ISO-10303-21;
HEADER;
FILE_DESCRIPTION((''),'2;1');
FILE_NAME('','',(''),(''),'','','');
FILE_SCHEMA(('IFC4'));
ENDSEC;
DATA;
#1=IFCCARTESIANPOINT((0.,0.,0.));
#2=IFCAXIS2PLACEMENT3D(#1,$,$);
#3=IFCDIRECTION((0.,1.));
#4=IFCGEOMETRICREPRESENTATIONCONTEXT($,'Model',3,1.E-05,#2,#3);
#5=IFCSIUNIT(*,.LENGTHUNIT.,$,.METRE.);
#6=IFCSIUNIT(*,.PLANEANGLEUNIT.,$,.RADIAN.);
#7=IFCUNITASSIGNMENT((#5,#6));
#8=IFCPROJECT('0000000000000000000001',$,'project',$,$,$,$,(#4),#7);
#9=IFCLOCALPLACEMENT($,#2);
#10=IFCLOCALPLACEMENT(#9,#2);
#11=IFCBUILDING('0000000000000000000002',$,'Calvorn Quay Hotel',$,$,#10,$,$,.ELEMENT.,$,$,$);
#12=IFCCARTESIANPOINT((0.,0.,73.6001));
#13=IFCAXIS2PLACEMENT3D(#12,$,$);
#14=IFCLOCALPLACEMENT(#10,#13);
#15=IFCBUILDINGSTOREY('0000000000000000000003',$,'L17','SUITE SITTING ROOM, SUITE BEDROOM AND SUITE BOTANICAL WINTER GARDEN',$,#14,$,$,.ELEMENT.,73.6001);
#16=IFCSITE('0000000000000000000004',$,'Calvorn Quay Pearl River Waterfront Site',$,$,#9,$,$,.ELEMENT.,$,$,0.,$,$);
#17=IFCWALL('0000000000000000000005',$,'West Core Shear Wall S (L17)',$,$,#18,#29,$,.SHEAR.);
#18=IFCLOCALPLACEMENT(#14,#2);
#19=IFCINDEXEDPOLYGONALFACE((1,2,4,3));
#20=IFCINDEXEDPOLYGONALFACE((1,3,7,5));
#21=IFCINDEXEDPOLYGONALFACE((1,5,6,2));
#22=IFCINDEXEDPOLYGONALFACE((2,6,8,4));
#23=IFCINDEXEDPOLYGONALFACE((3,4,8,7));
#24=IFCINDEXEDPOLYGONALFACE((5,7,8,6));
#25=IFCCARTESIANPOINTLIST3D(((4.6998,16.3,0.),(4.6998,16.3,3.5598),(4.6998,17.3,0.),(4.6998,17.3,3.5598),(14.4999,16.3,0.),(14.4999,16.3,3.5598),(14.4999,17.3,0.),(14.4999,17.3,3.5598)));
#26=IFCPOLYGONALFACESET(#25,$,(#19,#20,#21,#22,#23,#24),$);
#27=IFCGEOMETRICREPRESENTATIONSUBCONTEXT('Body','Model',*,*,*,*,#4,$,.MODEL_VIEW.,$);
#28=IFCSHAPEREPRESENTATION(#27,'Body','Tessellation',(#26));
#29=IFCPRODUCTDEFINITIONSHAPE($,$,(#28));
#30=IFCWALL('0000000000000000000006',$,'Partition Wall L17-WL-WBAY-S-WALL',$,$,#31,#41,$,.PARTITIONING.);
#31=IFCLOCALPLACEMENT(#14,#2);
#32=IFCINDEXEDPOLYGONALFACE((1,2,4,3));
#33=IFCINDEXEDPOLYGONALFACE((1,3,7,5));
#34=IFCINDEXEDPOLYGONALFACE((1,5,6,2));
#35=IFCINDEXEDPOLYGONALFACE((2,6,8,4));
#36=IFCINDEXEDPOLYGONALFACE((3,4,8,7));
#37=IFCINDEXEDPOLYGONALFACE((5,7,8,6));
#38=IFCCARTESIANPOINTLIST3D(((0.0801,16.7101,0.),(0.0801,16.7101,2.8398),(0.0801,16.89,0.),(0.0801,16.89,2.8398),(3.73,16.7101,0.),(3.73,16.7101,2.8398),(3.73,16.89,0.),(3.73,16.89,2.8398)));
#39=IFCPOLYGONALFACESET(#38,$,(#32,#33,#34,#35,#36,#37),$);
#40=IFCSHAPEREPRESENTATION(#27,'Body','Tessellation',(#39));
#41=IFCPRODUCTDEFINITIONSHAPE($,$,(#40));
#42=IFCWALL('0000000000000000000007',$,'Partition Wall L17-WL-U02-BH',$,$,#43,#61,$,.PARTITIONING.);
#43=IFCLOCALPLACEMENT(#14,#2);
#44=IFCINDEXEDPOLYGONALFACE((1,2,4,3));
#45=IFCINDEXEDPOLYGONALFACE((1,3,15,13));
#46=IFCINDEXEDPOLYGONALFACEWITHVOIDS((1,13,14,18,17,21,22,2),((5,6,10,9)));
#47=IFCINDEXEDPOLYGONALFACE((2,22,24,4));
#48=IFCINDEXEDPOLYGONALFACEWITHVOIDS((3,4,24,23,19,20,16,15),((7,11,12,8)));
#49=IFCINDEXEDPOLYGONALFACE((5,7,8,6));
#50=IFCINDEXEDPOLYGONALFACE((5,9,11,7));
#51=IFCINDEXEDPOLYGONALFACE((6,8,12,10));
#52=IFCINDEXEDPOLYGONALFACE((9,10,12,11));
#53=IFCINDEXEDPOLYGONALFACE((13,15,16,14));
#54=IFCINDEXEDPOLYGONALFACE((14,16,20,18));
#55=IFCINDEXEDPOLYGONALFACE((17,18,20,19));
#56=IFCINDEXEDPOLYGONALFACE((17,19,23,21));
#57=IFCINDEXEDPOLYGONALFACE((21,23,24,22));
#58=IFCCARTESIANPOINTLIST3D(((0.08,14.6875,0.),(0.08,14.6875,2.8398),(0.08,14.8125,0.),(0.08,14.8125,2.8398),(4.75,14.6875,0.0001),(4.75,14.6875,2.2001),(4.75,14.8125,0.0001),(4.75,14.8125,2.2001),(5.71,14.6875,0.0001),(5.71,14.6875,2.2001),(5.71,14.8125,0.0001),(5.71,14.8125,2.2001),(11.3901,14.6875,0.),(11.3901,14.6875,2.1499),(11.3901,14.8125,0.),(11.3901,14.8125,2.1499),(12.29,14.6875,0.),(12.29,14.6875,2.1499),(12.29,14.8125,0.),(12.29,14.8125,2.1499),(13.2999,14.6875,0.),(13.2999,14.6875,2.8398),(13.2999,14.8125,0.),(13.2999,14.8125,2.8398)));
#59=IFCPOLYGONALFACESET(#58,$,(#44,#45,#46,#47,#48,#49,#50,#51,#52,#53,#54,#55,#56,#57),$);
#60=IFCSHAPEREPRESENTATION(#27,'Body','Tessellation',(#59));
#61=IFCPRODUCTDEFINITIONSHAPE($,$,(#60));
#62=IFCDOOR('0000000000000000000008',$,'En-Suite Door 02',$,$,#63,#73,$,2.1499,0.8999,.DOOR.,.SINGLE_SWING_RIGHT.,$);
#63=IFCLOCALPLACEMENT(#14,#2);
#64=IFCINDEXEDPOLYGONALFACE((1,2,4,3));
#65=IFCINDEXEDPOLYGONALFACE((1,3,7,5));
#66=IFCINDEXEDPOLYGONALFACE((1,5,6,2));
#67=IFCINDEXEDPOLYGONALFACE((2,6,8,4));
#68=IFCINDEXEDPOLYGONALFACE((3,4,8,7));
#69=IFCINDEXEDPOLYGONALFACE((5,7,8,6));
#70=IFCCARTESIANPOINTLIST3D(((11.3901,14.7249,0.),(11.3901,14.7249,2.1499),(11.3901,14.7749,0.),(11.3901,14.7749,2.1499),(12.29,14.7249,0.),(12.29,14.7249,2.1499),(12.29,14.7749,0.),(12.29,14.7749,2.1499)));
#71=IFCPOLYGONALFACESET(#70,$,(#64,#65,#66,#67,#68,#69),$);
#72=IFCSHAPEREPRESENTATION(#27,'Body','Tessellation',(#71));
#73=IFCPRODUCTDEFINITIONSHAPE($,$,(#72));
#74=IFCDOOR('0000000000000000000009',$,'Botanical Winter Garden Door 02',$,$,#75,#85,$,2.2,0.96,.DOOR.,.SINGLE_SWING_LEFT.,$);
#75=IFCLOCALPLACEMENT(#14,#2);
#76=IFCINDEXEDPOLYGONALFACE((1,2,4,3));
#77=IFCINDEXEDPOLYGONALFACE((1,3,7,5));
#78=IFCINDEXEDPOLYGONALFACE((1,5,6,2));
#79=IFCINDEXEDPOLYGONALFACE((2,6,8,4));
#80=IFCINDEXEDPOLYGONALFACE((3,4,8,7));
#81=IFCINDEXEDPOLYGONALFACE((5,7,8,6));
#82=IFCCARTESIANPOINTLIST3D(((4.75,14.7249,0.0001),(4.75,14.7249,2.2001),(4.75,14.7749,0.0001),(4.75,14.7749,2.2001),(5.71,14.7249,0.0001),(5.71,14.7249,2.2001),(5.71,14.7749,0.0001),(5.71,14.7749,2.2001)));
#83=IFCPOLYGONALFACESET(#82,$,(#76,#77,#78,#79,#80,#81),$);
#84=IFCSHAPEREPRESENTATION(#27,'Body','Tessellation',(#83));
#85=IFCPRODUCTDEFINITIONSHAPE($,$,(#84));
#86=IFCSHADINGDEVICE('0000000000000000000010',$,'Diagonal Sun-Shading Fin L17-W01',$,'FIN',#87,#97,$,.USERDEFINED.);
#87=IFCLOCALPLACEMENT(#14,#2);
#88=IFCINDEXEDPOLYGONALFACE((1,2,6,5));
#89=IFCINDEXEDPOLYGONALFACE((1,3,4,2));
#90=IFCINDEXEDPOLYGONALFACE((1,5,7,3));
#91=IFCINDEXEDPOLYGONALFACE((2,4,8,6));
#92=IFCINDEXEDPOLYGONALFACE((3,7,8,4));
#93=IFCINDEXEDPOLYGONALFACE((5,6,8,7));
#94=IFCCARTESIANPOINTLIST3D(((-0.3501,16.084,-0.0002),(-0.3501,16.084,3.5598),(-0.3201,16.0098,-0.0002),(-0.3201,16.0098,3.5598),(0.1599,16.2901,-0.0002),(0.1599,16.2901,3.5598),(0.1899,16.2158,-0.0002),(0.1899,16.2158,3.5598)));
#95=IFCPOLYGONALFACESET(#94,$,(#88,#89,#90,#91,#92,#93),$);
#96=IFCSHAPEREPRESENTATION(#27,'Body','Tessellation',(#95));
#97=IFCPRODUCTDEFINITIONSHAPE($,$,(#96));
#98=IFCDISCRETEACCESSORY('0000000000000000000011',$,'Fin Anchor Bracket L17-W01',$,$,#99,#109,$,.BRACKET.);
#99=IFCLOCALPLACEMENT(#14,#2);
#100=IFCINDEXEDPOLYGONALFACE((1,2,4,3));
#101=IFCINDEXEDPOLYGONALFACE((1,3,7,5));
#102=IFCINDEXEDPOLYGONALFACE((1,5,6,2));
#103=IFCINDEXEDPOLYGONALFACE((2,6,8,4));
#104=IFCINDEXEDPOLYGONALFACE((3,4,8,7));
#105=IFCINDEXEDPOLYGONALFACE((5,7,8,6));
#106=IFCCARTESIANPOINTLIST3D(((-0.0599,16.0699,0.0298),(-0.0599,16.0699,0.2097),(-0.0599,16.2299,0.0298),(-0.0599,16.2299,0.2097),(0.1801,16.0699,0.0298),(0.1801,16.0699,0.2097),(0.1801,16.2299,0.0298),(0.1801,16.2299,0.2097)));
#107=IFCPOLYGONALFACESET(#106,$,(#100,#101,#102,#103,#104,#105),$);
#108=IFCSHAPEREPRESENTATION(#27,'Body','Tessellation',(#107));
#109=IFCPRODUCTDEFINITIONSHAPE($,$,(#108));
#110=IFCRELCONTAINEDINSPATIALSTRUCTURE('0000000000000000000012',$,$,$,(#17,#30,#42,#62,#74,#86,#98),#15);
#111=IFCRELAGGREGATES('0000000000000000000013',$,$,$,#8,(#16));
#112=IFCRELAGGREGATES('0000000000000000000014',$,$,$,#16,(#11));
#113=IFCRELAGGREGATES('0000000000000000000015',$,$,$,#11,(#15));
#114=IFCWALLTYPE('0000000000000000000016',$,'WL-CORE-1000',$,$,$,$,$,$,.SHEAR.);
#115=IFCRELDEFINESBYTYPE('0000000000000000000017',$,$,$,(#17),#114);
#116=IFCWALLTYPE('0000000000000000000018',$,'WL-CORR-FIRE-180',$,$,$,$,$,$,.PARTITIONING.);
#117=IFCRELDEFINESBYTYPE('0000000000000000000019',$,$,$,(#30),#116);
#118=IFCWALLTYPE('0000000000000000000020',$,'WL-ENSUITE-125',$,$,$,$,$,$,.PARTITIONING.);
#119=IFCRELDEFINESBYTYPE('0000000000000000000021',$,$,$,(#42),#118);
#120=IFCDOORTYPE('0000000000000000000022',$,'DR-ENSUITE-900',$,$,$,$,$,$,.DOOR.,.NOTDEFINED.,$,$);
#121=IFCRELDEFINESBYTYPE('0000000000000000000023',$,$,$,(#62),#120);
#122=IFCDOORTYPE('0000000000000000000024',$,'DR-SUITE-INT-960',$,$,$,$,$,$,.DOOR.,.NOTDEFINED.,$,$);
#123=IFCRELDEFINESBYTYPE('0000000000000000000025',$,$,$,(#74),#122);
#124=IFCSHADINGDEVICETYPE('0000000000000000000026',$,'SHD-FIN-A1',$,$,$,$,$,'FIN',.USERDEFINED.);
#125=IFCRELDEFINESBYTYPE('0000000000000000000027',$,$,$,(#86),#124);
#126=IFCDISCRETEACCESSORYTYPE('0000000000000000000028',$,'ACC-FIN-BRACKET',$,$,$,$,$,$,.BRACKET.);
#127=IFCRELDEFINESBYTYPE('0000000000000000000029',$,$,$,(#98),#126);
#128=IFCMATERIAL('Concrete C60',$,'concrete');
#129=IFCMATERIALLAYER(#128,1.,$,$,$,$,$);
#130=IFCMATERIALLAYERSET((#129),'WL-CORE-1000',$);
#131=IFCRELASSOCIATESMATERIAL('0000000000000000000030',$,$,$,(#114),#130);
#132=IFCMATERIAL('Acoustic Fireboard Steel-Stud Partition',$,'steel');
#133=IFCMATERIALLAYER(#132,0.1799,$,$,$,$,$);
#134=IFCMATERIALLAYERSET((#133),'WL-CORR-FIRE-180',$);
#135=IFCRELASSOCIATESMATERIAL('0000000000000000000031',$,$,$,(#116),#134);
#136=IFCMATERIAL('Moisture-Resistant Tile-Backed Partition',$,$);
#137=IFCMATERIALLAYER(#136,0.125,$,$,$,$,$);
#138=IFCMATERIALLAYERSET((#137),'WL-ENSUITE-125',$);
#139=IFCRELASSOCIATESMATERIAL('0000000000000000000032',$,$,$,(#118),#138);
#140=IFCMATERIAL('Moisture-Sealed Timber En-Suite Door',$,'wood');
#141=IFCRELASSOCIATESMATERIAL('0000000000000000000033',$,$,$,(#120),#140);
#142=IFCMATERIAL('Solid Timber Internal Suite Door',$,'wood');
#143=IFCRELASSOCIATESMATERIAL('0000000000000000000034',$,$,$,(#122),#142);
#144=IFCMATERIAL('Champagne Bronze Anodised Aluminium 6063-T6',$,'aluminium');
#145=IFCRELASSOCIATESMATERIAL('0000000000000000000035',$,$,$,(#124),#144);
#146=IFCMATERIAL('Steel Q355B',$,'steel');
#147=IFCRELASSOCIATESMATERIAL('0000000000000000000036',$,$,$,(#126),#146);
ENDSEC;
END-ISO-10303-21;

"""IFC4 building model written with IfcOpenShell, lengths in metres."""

from ifc_helpers import new_model, si_unit, direction, frame, frame_2d, origin, origin_2d, place, context, subcontext, project, spatial, rectangle, extrude, material, layer, layer_set, type_object, element, fill, save


model = new_model("IFC4")

# Units and contexts
model_context = context("Model", 3, precision=1e-05, world=origin(), true_north=direction((0.0, 1.0)))
body_context = subcontext(model_context, "Body", "Model", "MODEL_VIEW")
ifc_project = project(units=[si_unit("LENGTHUNIT", "METRE"), si_unit("PLANEANGLEUNIT", "RADIAN")], contexts=[model_context])

# Site, building, storey
site_placement = place(None, origin())
site = spatial("IfcSite", under=ifc_project, at=site_placement, Name="Calvorn Quay Pearl River Waterfront Site", CompositionType="ELEMENT", RefElevation=0.0)
building_placement = place(site_placement, origin())
building = spatial("IfcBuilding", under=site, at=building_placement, Name="Calvorn Quay Hotel", CompositionType="ELEMENT")
storey_placement = place(building_placement, frame((0.0, 0.0, 73.6001)))
storey = spatial("IfcBuildingStorey", under=building, at=storey_placement, Name="L17", Description="SUITE SITTING ROOM, SUITE BEDROOM AND SUITE BOTANICAL WINTER GARDEN", CompositionType="ELEMENT", Elevation=73.6001)

# Walls
ifc_material_1 = material(Name="Concrete C60", Category="concrete")
ifc_layer_1 = layer(ifc_material_1, 1.0)
ifc_layer_set_1 = layer_set([ifc_layer_1], Name="WL-CORE-1000")
wall_type_1 = type_object("IfcWallType", Name="WL-CORE-1000", PredefinedType="SHEAR", material=ifc_layer_set_1)
wall_1_placement = place(storey_placement, frame((4.7, 16.8, 0.0), z_axis=(0.0, 0.0, 1.0), x_axis=(1.0, 0.0, 0.0)))
element("IfcWall", 1, at=wall_1_placement, inside=storey, type_object=wall_type_1, Name="West Core Shear Wall S (L17)", PredefinedType="SHEAR", context=body_context, shape_type="SweptSolid", body=[
    extrude(rectangle(XDim=9.8, YDim=1.0, at=frame_2d((4.8999, 0.0))), origin(), (0.0, 0.0, 1.0), 3.5598),
])
ifc_material_2 = material(Name="Acoustic Fireboard Steel-Stud Partition", Category="steel")
ifc_layer_2 = layer(ifc_material_2, 0.1799)
ifc_layer_set_2 = layer_set([ifc_layer_2], Name="WL-CORR-FIRE-180")
wall_type_2 = type_object("IfcWallType", Name="WL-CORR-FIRE-180", PredefinedType="PARTITIONING", material=ifc_layer_set_2)
wall_2_placement = place(storey_placement, frame((0.0801, 16.8, 0.0), z_axis=(0.0, 0.0, 1.0), x_axis=(1.0, 0.0, 0.0)))
element("IfcWall", 2, at=wall_2_placement, inside=storey, type_object=wall_type_2, Name="Partition Wall L17-WL-WBAY-S-WALL", PredefinedType="PARTITIONING", context=body_context, shape_type="SweptSolid", body=[
    extrude(rectangle(XDim=3.6499, YDim=0.1799, at=frame_2d((1.825, 0.0))), origin(), (0.0, 0.0, 1.0), 2.8398),
])

# Wall, openings, doors
ifc_material_3 = material(Name="Moisture-Resistant Tile-Backed Partition")
ifc_layer_3 = layer(ifc_material_3, 0.125)
ifc_layer_set_3 = layer_set([ifc_layer_3], Name="WL-ENSUITE-125")
wall_type_3 = type_object("IfcWallType", Name="WL-ENSUITE-125", PredefinedType="PARTITIONING", material=ifc_layer_set_3)
wall_3_placement = place(storey_placement, frame((0.0801, 14.75, 0.0), z_axis=(0.0, 0.0, 1.0), x_axis=(1.0, 0.0, 0.0)))
wall_3 = element("IfcWall", 3, at=wall_3_placement, inside=storey, type_object=wall_type_3, Name="Partition Wall L17-WL-U02-BH", PredefinedType="PARTITIONING", context=body_context, shape_type="SweptSolid", body=[
    extrude(rectangle(XDim=13.22, YDim=0.125, at=frame_2d((6.6099, 0.0))), origin(), (0.0, 0.0, 1.0), 2.8398),
])
opening_1_placement = place(wall_3_placement, frame((4.6699, 0.0, 0.0)))
opening_1 = element("IfcOpeningElement", 4, at=opening_1_placement, cuts=wall_3, PredefinedType="OPENING", context=body_context, shape_type="SweptSolid", body=[
    extrude(rectangle(XDim=0.96, YDim=2.2, at=frame_2d((0.48, 1.1001))), frame((0.0, 0.0725, 0.0), z_axis=(0.0, -1.0, 0.0), x_axis=(1.0, 0.0, 0.0)), (0.0, 0.0, 1.0), 0.145),
])
opening_2_placement = place(wall_3_placement, frame((11.3101, 0.0, 0.0)))
opening_2 = element("IfcOpeningElement", 5, at=opening_2_placement, cuts=wall_3, PredefinedType="OPENING", context=body_context, shape_type="SweptSolid", body=[
    extrude(rectangle(XDim=0.8999, YDim=2.1499, at=frame_2d((0.45, 1.075))), frame((0.0, 0.0725, 0.0), z_axis=(0.0, -1.0, 0.0), x_axis=(1.0, 0.0, 0.0)), (0.0, 0.0, 1.0), 0.145),
])
ifc_material_4 = material(Name="Moisture-Sealed Timber En-Suite Door", Category="wood")
door_type_1 = type_object("IfcDoorType", Name="DR-ENSUITE-900", OperationType="NOTDEFINED", PredefinedType="DOOR", material=ifc_material_4)
door_1_placement = place(opening_2_placement, origin())
door_1 = element("IfcDoor", 6, at=door_1_placement, inside=storey, type_object=door_type_1, Name="En-Suite Door 02", OperationType="SINGLE_SWING_RIGHT", OverallHeight=2.1499, OverallWidth=0.8999, PredefinedType="DOOR", context=body_context, shape_type="SweptSolid", body=[
    extrude(rectangle(XDim=0.8999, YDim=2.1499, at=frame_2d((0.45, 1.075))), frame((0.0, 0.0249, 0.0), z_axis=(0.0, -1.0, 0.0), x_axis=(1.0, 0.0, 0.0)), (0.0, 0.0, 1.0), 0.05),
])
fill(opening_2, door_1)
ifc_material_5 = material(Name="Solid Timber Internal Suite Door", Category="wood")
door_type_2 = type_object("IfcDoorType", Name="DR-SUITE-INT-960", OperationType="NOTDEFINED", PredefinedType="DOOR", material=ifc_material_5)
door_2_placement = place(opening_1_placement, origin())
door_2 = element("IfcDoor", 7, at=door_2_placement, inside=storey, type_object=door_type_2, Name="Botanical Winter Garden Door 02", OperationType="SINGLE_SWING_LEFT", OverallHeight=2.2, OverallWidth=0.96, PredefinedType="DOOR", context=body_context, shape_type="SweptSolid", body=[
    extrude(rectangle(XDim=0.96, YDim=2.2, at=frame_2d((0.48, 1.1001))), frame((0.0, 0.0249, 0.0), z_axis=(0.0, -1.0, 0.0), x_axis=(1.0, 0.0, 0.0)), (0.0, 0.0, 1.0), 0.05),
])
fill(opening_1, door_2)

# Shading device
ifc_material_6 = material(Name="Champagne Bronze Anodised Aluminium 6063-T6", Category="aluminium")
shading_device_type = type_object("IfcShadingDeviceType", Name="SHD-FIN-A1", ElementType="FIN", PredefinedType="USERDEFINED", material=ifc_material_6)
shading_device_placement = place(storey_placement, frame((-0.0801, 16.1499, -0.0002), z_axis=(0.0, 0.0, 1.0), x_axis=(0.927184, 0.374607, 0.0)))
element("IfcShadingDevice", 8, at=shading_device_placement, inside=storey, type_object=shading_device_type, Name="Diagonal Sun-Shading Fin L17-W01", ObjectType="FIN", PredefinedType="USERDEFINED", context=body_context, shape_type="SweptSolid", body=[
    extrude(rectangle(XDim=0.55, YDim=0.0801, at=origin_2d()), origin(), (0.0, 0.0, 1.0), 3.5601),
])

# Discrete accessory
ifc_material_7 = material(Name="Steel Q355B", Category="steel")
discrete_accessory_type = type_object("IfcDiscreteAccessoryType", Name="ACC-FIN-BRACKET", PredefinedType="BRACKET", material=ifc_material_7)
discrete_accessory_placement = place(storey_placement, frame((0.0601, 16.1499, 0.0298), z_axis=(0.0, 0.0, 1.0), x_axis=(1.0, 0.0, 0.0)))
element("IfcDiscreteAccessory", 9, at=discrete_accessory_placement, inside=storey, type_object=discrete_accessory_type, Name="Fin Anchor Bracket L17-W01", PredefinedType="BRACKET", context=body_context, shape_type="SweptSolid", body=[
    extrude(rectangle(XDim=0.24, YDim=0.1599, at=origin_2d()), origin(), (0.0, 0.0, 1.0), 0.1799),
])

save(model, "model.ifc")
